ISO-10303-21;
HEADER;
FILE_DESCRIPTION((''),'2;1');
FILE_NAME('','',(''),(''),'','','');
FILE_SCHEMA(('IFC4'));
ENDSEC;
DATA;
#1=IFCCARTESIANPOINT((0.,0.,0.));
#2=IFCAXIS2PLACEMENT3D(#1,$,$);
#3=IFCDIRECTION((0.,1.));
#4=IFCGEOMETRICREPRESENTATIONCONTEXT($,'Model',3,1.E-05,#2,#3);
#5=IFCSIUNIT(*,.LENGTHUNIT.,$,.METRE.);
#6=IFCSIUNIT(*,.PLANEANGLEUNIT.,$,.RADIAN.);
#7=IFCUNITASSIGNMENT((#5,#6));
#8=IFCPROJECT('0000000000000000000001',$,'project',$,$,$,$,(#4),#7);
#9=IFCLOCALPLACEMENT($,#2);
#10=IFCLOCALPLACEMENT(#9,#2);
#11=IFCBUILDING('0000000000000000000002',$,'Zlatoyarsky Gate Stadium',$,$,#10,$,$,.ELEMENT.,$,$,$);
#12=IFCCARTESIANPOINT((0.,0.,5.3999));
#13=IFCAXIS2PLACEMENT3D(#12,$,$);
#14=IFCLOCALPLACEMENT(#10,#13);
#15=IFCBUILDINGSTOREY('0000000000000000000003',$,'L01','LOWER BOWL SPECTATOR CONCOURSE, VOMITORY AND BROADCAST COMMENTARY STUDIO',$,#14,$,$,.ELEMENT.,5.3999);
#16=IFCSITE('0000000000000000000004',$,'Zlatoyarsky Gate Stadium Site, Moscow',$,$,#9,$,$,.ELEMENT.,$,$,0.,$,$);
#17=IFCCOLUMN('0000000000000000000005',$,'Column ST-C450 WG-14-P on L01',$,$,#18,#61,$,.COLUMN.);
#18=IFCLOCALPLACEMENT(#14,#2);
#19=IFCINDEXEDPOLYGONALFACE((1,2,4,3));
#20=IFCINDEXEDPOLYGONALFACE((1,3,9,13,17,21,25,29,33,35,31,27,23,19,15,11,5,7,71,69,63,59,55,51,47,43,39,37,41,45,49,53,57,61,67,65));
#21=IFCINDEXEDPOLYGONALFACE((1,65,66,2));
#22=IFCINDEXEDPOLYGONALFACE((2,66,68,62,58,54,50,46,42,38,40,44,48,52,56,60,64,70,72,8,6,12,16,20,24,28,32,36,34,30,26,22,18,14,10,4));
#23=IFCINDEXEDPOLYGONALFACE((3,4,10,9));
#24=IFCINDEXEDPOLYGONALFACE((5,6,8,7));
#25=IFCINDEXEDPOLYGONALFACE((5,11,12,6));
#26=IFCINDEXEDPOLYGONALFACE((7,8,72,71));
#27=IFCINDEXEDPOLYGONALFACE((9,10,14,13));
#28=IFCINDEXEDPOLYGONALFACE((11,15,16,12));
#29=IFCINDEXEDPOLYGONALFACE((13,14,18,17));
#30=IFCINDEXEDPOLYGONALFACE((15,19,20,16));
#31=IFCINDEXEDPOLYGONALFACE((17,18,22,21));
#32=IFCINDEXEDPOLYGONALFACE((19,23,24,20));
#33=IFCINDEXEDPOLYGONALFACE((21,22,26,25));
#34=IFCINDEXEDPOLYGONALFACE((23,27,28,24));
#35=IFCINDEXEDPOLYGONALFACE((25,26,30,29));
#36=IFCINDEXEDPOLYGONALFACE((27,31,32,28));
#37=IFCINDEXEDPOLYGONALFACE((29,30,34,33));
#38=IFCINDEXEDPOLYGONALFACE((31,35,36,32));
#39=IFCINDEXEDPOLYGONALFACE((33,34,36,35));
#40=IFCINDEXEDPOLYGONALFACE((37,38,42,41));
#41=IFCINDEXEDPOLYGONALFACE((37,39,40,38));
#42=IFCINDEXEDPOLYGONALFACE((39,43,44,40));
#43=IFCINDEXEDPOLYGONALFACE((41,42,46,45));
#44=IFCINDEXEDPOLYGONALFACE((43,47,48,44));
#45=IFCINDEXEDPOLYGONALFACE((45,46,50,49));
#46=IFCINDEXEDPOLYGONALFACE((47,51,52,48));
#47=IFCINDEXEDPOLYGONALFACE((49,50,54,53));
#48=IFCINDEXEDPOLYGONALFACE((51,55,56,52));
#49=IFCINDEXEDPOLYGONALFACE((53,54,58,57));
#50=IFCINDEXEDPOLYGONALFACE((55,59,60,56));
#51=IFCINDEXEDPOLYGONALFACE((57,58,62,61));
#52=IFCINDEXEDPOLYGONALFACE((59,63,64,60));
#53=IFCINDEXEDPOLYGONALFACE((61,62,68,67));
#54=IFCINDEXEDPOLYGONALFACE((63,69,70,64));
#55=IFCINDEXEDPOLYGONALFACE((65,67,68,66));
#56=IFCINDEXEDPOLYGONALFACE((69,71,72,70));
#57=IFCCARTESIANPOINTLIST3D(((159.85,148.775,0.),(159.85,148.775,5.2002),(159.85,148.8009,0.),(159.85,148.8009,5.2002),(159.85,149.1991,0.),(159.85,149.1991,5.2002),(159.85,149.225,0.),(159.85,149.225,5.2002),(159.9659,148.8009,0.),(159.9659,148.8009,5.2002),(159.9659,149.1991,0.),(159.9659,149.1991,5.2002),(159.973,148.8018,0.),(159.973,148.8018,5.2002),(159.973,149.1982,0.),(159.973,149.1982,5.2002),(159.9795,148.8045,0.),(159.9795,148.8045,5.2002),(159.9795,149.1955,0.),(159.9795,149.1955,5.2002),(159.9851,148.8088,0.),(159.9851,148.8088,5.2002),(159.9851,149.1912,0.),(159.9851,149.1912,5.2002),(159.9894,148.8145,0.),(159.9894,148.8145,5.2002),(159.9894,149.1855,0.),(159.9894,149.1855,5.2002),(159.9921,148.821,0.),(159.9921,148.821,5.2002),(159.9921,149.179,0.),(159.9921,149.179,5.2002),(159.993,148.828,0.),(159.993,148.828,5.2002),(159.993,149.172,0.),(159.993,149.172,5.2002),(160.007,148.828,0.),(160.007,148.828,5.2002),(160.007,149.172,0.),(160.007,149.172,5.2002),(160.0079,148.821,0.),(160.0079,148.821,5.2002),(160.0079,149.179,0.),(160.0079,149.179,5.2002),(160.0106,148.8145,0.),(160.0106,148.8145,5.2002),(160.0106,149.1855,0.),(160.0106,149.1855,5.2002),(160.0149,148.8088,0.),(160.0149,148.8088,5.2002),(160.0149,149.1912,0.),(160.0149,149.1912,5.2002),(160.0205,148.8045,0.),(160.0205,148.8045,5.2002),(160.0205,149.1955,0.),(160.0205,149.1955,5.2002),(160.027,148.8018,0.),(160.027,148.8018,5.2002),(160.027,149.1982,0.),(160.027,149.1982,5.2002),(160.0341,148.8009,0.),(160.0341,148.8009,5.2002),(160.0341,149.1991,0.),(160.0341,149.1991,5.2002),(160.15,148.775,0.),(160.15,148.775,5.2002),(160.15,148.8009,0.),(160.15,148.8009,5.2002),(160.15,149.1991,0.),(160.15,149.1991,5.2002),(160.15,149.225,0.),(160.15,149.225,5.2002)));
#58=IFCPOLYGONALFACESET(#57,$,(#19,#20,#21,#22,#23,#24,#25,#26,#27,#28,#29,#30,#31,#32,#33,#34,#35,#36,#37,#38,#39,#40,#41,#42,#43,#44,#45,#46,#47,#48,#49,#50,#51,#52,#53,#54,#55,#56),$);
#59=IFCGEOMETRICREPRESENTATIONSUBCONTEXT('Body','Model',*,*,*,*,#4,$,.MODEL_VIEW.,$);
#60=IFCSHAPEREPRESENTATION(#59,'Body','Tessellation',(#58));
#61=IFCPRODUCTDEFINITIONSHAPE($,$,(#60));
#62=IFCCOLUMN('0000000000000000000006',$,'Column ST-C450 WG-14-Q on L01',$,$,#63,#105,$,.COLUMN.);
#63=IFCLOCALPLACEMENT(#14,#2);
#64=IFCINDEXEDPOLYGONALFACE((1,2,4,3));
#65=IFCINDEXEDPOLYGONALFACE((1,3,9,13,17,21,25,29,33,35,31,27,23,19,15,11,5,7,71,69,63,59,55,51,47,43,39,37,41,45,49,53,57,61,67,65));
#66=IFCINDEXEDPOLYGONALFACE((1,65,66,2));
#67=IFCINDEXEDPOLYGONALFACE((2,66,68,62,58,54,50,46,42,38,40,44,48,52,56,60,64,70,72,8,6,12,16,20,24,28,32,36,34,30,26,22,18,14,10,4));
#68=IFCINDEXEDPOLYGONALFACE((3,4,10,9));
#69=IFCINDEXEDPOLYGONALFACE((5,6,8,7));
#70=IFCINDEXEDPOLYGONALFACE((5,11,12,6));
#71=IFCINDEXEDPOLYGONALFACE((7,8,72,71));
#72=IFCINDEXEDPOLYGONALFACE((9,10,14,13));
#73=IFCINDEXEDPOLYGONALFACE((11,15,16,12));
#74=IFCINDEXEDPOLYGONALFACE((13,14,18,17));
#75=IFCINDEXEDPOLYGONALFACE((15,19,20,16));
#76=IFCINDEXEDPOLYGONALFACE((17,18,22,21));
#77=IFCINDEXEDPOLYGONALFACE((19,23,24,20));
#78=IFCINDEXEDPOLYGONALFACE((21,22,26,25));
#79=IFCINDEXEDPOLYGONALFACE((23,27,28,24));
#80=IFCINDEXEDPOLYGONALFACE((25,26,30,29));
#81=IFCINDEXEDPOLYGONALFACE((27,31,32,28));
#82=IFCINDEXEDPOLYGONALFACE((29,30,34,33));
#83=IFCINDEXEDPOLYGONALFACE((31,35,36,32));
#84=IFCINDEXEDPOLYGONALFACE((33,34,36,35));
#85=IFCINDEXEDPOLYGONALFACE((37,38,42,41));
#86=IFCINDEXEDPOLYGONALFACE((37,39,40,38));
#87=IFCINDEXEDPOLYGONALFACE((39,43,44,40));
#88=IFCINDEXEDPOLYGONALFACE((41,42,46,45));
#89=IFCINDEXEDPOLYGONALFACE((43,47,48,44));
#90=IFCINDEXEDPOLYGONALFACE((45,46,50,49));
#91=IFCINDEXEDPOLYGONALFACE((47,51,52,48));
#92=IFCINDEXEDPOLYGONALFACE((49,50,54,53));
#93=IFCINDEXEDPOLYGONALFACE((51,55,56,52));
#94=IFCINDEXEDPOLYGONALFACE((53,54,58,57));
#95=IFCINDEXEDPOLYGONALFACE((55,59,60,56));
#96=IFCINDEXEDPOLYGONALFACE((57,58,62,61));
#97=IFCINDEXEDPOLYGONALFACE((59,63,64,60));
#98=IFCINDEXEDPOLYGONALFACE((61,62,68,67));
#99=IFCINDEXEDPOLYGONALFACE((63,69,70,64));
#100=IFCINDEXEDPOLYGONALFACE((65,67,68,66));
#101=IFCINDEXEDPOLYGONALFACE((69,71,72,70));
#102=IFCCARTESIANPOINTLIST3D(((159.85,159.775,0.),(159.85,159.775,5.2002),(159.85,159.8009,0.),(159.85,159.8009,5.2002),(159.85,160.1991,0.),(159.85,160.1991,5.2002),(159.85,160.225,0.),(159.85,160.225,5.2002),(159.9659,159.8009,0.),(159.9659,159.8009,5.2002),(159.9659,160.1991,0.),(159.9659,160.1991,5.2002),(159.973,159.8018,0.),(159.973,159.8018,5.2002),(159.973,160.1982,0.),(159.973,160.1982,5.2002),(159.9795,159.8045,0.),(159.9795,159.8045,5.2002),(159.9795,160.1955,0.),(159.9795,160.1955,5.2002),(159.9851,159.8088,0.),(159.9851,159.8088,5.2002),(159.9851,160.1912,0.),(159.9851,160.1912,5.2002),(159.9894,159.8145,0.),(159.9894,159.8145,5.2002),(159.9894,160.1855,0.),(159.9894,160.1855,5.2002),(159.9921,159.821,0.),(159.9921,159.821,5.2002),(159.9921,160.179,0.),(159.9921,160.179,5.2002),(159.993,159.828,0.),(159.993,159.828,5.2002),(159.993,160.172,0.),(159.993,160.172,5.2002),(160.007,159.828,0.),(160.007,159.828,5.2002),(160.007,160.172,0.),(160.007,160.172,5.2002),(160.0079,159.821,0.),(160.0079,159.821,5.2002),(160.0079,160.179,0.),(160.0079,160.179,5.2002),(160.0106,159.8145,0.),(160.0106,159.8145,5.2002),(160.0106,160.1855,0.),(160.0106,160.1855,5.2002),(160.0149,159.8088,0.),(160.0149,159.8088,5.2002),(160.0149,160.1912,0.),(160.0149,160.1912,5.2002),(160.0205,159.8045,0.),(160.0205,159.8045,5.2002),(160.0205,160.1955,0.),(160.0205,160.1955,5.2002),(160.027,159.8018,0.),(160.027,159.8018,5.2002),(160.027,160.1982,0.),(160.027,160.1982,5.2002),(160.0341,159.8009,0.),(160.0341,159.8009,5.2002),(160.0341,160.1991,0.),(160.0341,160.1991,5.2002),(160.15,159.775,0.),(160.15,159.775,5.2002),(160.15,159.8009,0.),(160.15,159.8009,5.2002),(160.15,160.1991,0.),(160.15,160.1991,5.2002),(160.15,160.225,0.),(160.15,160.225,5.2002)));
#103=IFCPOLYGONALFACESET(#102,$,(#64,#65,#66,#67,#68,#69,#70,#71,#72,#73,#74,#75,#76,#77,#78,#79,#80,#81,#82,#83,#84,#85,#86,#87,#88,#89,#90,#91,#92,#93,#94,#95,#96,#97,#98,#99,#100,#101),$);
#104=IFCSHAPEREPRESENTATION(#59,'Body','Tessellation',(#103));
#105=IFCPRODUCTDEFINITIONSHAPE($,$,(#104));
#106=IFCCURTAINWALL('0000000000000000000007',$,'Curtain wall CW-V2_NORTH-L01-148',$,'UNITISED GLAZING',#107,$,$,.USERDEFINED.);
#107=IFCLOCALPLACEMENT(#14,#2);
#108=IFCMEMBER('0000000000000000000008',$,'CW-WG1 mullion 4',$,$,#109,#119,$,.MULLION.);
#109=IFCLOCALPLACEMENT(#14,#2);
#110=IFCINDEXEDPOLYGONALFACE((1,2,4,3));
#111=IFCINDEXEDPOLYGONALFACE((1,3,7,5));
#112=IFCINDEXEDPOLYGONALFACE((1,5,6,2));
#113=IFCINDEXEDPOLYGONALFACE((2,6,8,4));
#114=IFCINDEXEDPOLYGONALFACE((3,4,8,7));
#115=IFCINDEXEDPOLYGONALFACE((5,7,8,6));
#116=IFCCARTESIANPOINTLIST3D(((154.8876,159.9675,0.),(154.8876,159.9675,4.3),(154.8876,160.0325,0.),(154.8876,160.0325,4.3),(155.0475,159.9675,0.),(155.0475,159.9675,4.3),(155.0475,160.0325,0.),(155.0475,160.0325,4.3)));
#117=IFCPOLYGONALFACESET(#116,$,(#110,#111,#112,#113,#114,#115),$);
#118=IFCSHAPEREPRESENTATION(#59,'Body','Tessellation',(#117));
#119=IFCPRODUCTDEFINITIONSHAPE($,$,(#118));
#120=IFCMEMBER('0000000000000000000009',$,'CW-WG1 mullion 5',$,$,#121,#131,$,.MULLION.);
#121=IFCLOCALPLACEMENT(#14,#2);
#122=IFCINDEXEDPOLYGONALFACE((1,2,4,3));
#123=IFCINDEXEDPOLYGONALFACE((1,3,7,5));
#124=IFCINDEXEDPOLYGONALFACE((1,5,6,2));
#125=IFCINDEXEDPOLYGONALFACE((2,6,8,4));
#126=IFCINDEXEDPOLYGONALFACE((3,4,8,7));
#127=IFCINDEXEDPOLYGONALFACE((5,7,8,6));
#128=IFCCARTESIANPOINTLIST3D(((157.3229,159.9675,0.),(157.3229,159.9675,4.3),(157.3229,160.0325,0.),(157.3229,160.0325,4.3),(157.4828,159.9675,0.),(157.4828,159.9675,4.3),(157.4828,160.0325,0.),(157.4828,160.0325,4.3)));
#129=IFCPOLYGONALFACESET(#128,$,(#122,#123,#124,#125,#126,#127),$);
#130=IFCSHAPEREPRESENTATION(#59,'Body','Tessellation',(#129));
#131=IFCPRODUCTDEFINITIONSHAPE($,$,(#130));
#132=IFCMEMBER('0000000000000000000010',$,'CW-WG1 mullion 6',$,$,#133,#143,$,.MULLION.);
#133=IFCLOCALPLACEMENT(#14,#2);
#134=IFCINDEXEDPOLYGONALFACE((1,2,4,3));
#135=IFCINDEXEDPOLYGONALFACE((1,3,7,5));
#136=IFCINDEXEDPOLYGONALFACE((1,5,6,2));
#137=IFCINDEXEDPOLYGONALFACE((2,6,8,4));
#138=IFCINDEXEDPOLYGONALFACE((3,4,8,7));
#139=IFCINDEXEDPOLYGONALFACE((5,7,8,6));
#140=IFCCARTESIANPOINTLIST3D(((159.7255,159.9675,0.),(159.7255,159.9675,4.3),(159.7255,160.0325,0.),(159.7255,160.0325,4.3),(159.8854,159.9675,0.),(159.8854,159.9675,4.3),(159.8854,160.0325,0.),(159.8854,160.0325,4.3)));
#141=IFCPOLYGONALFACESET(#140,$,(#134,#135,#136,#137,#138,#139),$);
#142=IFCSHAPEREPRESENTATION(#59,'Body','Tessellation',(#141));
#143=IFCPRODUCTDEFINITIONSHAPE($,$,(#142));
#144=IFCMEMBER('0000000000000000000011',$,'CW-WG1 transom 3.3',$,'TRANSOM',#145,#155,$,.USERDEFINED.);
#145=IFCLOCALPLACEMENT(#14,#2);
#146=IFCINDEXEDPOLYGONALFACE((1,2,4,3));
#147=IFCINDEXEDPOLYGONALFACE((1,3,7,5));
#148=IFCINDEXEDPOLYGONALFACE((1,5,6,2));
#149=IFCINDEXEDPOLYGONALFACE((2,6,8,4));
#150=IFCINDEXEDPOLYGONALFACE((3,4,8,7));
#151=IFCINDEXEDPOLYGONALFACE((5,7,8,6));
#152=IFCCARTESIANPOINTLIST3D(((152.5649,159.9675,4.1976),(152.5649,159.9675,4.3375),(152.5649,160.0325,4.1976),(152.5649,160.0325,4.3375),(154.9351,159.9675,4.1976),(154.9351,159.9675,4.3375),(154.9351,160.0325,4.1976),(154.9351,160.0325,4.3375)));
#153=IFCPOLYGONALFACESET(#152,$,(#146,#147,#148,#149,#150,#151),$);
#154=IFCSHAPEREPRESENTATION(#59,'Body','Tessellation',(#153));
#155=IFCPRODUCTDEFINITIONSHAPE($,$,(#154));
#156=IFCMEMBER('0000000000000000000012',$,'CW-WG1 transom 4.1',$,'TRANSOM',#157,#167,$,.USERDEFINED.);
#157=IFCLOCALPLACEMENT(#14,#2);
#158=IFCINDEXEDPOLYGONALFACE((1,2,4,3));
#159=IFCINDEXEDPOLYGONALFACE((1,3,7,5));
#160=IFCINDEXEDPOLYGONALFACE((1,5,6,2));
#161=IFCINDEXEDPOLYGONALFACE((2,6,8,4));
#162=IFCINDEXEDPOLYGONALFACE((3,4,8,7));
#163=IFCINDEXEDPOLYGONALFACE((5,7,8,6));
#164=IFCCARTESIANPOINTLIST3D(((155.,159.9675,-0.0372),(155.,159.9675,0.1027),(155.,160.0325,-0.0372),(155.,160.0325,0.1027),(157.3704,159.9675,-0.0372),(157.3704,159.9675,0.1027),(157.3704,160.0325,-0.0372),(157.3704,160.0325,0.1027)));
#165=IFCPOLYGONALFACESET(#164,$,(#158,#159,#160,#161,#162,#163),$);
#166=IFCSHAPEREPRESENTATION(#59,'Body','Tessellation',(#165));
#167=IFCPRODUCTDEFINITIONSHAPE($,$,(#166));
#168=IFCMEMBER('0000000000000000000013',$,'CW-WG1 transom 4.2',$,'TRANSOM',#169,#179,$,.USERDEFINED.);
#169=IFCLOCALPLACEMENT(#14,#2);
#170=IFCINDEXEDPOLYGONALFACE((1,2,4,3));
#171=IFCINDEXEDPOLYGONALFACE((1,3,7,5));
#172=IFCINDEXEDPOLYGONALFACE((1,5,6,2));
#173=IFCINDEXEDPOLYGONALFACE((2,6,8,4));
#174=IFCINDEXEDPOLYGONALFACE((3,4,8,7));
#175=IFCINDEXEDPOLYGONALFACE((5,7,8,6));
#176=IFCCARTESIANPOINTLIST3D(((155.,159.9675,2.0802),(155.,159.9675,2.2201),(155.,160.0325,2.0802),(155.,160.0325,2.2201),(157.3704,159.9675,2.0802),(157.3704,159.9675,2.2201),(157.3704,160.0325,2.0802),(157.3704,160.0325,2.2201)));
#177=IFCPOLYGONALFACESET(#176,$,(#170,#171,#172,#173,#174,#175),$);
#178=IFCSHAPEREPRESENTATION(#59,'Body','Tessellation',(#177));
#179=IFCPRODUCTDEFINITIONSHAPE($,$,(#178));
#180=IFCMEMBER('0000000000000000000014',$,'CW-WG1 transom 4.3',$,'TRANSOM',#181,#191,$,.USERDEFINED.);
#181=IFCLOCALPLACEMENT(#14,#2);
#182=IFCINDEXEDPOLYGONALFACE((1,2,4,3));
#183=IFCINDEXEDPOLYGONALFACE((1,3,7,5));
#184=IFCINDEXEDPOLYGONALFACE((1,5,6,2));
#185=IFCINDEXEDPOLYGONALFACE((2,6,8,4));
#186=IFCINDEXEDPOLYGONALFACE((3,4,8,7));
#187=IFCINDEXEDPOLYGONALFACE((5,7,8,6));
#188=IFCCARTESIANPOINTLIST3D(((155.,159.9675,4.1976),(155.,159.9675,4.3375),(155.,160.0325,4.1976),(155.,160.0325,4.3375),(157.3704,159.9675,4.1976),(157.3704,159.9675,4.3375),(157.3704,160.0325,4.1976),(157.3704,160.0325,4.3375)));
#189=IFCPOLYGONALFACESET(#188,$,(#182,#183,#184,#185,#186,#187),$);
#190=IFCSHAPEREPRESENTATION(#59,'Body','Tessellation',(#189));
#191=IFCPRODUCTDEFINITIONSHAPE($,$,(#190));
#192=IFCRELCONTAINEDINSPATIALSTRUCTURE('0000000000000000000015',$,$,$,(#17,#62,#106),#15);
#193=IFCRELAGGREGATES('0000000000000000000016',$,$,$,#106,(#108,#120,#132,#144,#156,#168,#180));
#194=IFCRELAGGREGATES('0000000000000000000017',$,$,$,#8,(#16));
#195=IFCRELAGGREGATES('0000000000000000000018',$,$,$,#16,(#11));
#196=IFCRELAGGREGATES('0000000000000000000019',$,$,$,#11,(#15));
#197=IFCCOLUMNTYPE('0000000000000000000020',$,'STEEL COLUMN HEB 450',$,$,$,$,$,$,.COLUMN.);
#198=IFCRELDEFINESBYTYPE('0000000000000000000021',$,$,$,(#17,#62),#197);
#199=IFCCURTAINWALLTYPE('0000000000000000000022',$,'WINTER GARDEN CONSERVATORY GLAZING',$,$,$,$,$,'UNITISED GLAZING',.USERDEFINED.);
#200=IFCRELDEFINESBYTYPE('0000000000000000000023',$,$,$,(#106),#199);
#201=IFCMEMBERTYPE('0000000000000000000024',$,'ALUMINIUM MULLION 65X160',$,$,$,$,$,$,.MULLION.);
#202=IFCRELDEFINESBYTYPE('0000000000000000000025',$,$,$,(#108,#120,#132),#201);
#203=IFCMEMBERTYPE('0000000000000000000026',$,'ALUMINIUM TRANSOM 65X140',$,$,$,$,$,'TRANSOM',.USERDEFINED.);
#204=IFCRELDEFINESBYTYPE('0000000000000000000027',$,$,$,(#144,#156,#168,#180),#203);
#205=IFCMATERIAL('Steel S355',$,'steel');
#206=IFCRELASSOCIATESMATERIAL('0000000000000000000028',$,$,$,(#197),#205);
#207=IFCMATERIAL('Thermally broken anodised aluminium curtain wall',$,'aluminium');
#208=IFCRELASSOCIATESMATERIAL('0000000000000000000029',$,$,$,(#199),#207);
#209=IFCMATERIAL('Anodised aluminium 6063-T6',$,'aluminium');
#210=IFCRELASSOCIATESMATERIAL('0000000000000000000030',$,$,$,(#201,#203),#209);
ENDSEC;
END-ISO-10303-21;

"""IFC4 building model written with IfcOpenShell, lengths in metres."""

from ifc_helpers import new_model, si_unit, direction, frame, origin, origin_2d, place, context, subcontext, project, spatial, rectangle, i_section, extrude, material, material_profile, profile_set, type_object, element, aggregate, save


model = new_model("IFC4")

# Units and contexts
model_context = context("Model", 3, precision=1e-05, world=origin(), true_north=direction((0.0, 1.0)))
body_context = subcontext(model_context, "Body", "Model", "MODEL_VIEW")
ifc_project = project(units=[si_unit("LENGTHUNIT", "METRE"), si_unit("PLANEANGLEUNIT", "RADIAN")], contexts=[model_context])

# Site, building, storey
site_placement = place(None, origin())
site = spatial("IfcSite", under=ifc_project, at=site_placement, Name="Zlatoyarsky Gate Stadium Site, Moscow", CompositionType="ELEMENT", RefElevation=0.0)
building_placement = place(site_placement, origin())
building = spatial("IfcBuilding", under=site, at=building_placement, Name="Zlatoyarsky Gate Stadium", CompositionType="ELEMENT")
storey_placement = place(building_placement, frame((0.0, 0.0, 5.3999)))
storey = spatial("IfcBuildingStorey", under=building, at=storey_placement, Name="L01", Description="LOWER BOWL SPECTATOR CONCOURSE, VOMITORY AND BROADCAST COMMENTARY STUDIO", CompositionType="ELEMENT", Elevation=5.3999)

# Columns
ifc_material_1 = material(Name="Steel S355", Category="steel")
ifc_material_profile_1 = material_profile(ifc_material_1, i_section(OverallWidth=0.3, OverallDepth=0.45, WebThickness=0.0139, FlangeThickness=0.0259, FilletRadius=0.0271, at=origin_2d()), Name="HEB 450")
ifc_profile_set_1 = profile_set([ifc_material_profile_1], Name="Steel S355")
column_type = type_object("IfcColumnType", Name="STEEL COLUMN HEB 450", PredefinedType="COLUMN", material=ifc_profile_set_1)
for number, where, z_axis, x_axis, name in (
    (1, (160.0, 149.0, 0.0), (0.0, 0.0, 1.0), (1.0, 0.0, 0.0), "Column ST-C450 WG-14-P on L01"),
    (2, (160.0, 160.0, 0.0), (0.0, 0.0, 1.0), (1.0, 0.0, 0.0), "Column ST-C450 WG-14-Q on L01"),
):
    element("IfcColumn", number, at=place(storey_placement, frame(where, z_axis=z_axis, x_axis=x_axis)), inside=storey, type_object=column_type, Name=name, PredefinedType="COLUMN", context=body_context, shape_type="SweptSolid", body=[
        extrude(i_section(OverallWidth=0.3, OverallDepth=0.45, WebThickness=0.0139, FlangeThickness=0.0259, FilletRadius=0.0271, at=origin_2d()), origin(), (0.0, 0.0, 1.0), 5.2002),
    ])

# Curtain wall, members
ifc_material_2 = material(Name="Thermally broken anodised aluminium curtain wall", Category="aluminium")
curtain_wall_type = type_object("IfcCurtainWallType", Name="WINTER GARDEN CONSERVATORY GLAZING", ElementType="UNITISED GLAZING", PredefinedType="USERDEFINED", material=ifc_material_2)
curtain_wall_placement = place(storey_placement, origin())
curtain_wall = element("IfcCurtainWall", 3, at=curtain_wall_placement, inside=storey, type_object=curtain_wall_type, Name="Curtain wall CW-V2_NORTH-L01-148", ObjectType="UNITISED GLAZING", PredefinedType="USERDEFINED")
ifc_material_3 = material(Name="Anodised aluminium 6063-T6", Category="aluminium")
ifc_material_profile_2 = material_profile(ifc_material_3, rectangle(XDim=0.0649, YDim=0.1599, at=origin_2d()), Name="ALU 65X160")
ifc_profile_set_2 = profile_set([ifc_material_profile_2], Name="Anodised aluminium 6063-T6")
member_type_1 = type_object("IfcMemberType", Name="ALUMINIUM MULLION 65X160", PredefinedType="MULLION", material=ifc_profile_set_2)
member_1_placement = place(storey_placement, frame((154.9675, 160.0, 0.0), z_axis=(0.0, 0.0, 1.0), x_axis=(0.0, 1.0, 0.0)))
member_1 = element("IfcMember", 4, at=member_1_placement, type_object=member_type_1, Name="CW-WG1 mullion 4", PredefinedType="MULLION", context=body_context, shape_type="SweptSolid", body=[
    extrude(rectangle(XDim=0.0649, YDim=0.1599, at=origin_2d()), origin(), (0.0, 0.0, 1.0), 4.3),
])
member_2_placement = place(storey_placement, frame((157.4028, 160.0, 0.0), z_axis=(0.0, 0.0, 1.0), x_axis=(0.0, 1.0, 0.0)))
member_2 = element("IfcMember", 5, at=member_2_placement, type_object=member_type_1, Name="CW-WG1 mullion 5", PredefinedType="MULLION", context=body_context, shape_type="SweptSolid", body=[
    extrude(rectangle(XDim=0.0649, YDim=0.1599, at=origin_2d()), origin(), (0.0, 0.0, 1.0), 4.3),
])
member_3_placement = place(storey_placement, frame((159.8054, 160.0, 0.0), z_axis=(0.0, 0.0, 1.0), x_axis=(0.0, 1.0, 0.0)))
member_3 = element("IfcMember", 6, at=member_3_placement, type_object=member_type_1, Name="CW-WG1 mullion 6", PredefinedType="MULLION", context=body_context, shape_type="SweptSolid", body=[
    extrude(rectangle(XDim=0.0649, YDim=0.1599, at=origin_2d()), origin(), (0.0, 0.0, 1.0), 4.3),
])
ifc_material_profile_3 = material_profile(ifc_material_3, rectangle(XDim=0.0649, YDim=0.1399, at=origin_2d()), Name="ALU 65X140")
ifc_profile_set_3 = profile_set([ifc_material_profile_3], Name="Anodised aluminium 6063-T6")
member_type_2 = type_object("IfcMemberType", Name="ALUMINIUM TRANSOM 65X140", ElementType="TRANSOM", PredefinedType="USERDEFINED", material=ifc_profile_set_3)
member_4_placement = place(storey_placement, frame((152.5649, 160.0, 4.2676), z_axis=(1.0, 0.0, 0.0), x_axis=(0.0, 1.0, 0.0)))
member_4 = element("IfcMember", 7, at=member_4_placement, type_object=member_type_2, Name="CW-WG1 transom 3.3", ObjectType="TRANSOM", PredefinedType="USERDEFINED", context=body_context, shape_type="SweptSolid", body=[
    extrude(rectangle(XDim=0.0649, YDim=0.1399, at=origin_2d()), origin(), (0.0, 0.0, 1.0), 2.3701),
])
member_5_placement = place(storey_placement, frame((155.0, 160.0, 0.0327), z_axis=(1.0, 0.0, 0.0), x_axis=(0.0, 1.0, 0.0)))
member_5 = element("IfcMember", 8, at=member_5_placement, type_object=member_type_2, Name="CW-WG1 transom 4.1", ObjectType="TRANSOM", PredefinedType="USERDEFINED", context=body_context, shape_type="SweptSolid", body=[
    extrude(rectangle(XDim=0.0649, YDim=0.1399, at=origin_2d()), origin(), (0.0, 0.0, 1.0), 2.3704),
])
member_6_placement = place(storey_placement, frame((155.0, 160.0, 2.1501), z_axis=(1.0, 0.0, 0.0), x_axis=(0.0, 1.0, 0.0)))
member_6 = element("IfcMember", 9, at=member_6_placement, type_object=member_type_2, Name="CW-WG1 transom 4.2", ObjectType="TRANSOM", PredefinedType="USERDEFINED", context=body_context, shape_type="SweptSolid", body=[
    extrude(rectangle(XDim=0.0649, YDim=0.1399, at=origin_2d()), origin(), (0.0, 0.0, 1.0), 2.3704),
])
member_7_placement = place(storey_placement, frame((155.0, 160.0, 4.2676), z_axis=(1.0, 0.0, 0.0), x_axis=(0.0, 1.0, 0.0)))
member_7 = element("IfcMember", 10, at=member_7_placement, type_object=member_type_2, Name="CW-WG1 transom 4.3", ObjectType="TRANSOM", PredefinedType="USERDEFINED", context=body_context, shape_type="SweptSolid", body=[
    extrude(rectangle(XDim=0.0649, YDim=0.1399, at=origin_2d()), origin(), (0.0, 0.0, 1.0), 2.3704),
])

aggregate(curtain_wall, [member_1, member_2, member_3, member_4, member_5, member_6, member_7])

save(model, "model.ifc")
